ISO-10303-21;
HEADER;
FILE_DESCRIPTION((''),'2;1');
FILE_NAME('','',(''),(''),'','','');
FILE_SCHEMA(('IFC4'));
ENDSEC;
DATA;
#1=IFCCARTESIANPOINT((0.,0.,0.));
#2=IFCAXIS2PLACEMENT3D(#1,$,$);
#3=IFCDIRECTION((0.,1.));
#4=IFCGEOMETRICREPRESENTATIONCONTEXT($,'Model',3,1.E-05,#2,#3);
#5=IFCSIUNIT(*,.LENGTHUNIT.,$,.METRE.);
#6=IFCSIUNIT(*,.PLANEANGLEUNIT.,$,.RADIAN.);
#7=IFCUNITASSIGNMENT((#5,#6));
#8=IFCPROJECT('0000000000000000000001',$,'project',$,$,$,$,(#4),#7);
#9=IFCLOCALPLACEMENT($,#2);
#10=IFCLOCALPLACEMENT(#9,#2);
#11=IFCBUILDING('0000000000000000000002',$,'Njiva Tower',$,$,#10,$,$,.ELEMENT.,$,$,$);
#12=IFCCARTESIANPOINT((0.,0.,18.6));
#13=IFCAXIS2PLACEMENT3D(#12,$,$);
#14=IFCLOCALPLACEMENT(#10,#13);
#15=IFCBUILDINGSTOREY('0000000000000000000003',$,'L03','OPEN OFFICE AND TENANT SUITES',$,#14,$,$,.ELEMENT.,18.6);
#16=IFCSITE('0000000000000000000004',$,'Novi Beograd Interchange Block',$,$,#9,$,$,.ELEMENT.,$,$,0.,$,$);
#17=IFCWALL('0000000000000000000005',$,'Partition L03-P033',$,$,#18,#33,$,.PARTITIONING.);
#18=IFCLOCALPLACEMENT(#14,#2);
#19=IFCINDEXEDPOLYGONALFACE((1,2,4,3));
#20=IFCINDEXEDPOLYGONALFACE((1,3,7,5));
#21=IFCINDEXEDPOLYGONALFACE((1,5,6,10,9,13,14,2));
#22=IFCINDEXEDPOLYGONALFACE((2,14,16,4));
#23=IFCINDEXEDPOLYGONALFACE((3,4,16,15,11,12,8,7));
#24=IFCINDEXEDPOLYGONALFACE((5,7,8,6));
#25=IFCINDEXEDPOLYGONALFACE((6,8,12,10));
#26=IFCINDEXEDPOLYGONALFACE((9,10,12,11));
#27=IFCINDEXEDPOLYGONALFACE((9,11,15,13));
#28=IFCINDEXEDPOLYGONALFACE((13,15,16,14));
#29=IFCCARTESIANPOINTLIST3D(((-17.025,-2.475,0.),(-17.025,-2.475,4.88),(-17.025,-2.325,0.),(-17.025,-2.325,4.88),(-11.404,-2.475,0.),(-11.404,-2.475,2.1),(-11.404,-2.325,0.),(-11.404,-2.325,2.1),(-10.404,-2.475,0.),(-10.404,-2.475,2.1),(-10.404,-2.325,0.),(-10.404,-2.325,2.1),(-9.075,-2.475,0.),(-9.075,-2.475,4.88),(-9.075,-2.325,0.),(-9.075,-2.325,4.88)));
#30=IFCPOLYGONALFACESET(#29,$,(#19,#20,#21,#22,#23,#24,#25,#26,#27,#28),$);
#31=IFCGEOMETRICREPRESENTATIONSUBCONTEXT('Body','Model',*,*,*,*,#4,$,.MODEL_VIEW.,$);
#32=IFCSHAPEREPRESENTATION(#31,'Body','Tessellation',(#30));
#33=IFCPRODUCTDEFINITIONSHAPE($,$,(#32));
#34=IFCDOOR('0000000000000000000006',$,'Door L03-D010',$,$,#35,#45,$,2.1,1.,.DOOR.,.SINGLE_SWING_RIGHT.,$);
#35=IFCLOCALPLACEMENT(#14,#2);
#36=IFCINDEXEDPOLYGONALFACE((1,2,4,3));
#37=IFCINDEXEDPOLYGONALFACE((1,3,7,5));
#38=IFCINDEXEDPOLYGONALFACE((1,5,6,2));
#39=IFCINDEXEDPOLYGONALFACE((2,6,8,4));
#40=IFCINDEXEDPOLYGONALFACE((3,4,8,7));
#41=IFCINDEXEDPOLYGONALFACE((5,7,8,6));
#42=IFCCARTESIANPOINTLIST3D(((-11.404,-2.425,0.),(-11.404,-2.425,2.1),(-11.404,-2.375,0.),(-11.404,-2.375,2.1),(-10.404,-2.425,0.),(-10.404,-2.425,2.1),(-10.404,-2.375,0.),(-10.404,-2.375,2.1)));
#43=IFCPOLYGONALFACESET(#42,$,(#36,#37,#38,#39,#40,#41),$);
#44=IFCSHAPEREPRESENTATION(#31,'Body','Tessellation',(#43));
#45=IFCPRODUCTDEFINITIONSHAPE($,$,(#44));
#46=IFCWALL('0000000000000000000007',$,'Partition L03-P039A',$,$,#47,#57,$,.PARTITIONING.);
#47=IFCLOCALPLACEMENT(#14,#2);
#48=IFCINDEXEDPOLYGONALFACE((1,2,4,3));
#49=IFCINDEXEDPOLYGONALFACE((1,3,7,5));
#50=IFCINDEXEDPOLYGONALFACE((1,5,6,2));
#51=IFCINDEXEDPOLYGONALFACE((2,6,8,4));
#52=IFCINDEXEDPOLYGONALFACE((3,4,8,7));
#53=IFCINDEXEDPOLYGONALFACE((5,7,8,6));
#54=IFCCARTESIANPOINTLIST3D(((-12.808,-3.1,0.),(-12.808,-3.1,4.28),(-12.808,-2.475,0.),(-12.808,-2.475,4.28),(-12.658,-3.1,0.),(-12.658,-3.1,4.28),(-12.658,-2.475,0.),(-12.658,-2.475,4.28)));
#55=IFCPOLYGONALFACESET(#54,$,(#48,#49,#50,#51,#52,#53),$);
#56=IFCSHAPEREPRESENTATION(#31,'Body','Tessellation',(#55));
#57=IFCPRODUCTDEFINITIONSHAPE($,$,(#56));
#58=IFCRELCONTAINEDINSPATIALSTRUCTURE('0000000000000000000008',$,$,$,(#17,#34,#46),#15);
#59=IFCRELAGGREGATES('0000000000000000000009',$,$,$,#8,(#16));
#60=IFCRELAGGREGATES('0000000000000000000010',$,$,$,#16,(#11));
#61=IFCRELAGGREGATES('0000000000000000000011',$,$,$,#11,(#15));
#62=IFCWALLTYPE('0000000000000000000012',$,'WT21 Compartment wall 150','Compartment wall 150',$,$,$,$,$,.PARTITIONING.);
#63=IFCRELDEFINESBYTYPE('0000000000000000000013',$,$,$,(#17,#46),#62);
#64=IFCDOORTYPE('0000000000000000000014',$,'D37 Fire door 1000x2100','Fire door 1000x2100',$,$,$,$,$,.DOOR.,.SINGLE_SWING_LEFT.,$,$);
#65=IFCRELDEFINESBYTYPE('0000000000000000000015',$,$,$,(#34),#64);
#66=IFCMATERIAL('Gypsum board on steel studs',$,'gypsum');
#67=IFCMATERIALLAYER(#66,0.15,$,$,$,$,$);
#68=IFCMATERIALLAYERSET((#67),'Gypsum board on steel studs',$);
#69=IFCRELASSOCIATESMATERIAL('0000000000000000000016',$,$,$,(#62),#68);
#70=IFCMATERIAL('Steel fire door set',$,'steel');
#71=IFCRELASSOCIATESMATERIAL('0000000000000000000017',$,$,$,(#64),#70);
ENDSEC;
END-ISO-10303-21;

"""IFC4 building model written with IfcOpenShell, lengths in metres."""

from ifc_helpers import new_model, si_unit, direction, frame, frame_2d, origin, place, context, subcontext, project, spatial, rectangle, extrude, material, layer, layer_set, type_object, element, fill, save


model = new_model("IFC4")

# Units and contexts
model_context = context("Model", 3, precision=1e-05, world=origin(), true_north=direction((0.0, 1.0)))
body_context = subcontext(model_context, "Body", "Model", "MODEL_VIEW")
ifc_project = project(units=[si_unit("LENGTHUNIT", "METRE"), si_unit("PLANEANGLEUNIT", "RADIAN")], contexts=[model_context])

# Site, building, storey
site_placement = place(None, origin())
site = spatial("IfcSite", under=ifc_project, at=site_placement, Name="Novi Beograd Interchange Block", CompositionType="ELEMENT", RefElevation=0.0)
building_placement = place(site_placement, origin())
building = spatial("IfcBuilding", under=site, at=building_placement, Name="Njiva Tower", CompositionType="ELEMENT")
storey_placement = place(building_placement, frame((0.0, 0.0, 18.6)))
storey = spatial("IfcBuildingStorey", under=building, at=storey_placement, Name="L03", Description="OPEN OFFICE AND TENANT SUITES", CompositionType="ELEMENT", Elevation=18.6)

# Shared definitions
ifc_material_1 = material(Name="Gypsum board on steel studs", Category="gypsum")
ifc_layer_1 = layer(ifc_material_1, 0.15)
ifc_layer_set_1 = layer_set([ifc_layer_1], Name="Gypsum board on steel studs")
wall_type_1 = type_object("IfcWallType", Name="WT21 Compartment wall 150", Description="Compartment wall 150", PredefinedType="PARTITIONING", material=ifc_layer_set_1)

# Wall, opening, door
wall_1_placement = place(storey_placement, frame((-17.025, -2.4, 0.0), z_axis=(0.0, 0.0, 1.0), x_axis=(1.0, 0.0, 0.0)))
wall_1 = element("IfcWall", 1, at=wall_1_placement, inside=storey, type_object=wall_type_1, Name="Partition L03-P033", PredefinedType="PARTITIONING", context=body_context, shape_type="SweptSolid", body=[
    extrude(rectangle(XDim=7.95, YDim=0.15, at=frame_2d((3.975, 0.0))), origin(), (0.0, 0.0, 1.0), 4.88),
])
opening_1_placement = place(wall_1_placement, frame((5.621, 0.0, 0.0)))
opening_1 = element("IfcOpeningElement", 2, at=opening_1_placement, cuts=wall_1, PredefinedType="OPENING", context=body_context, shape_type="SweptSolid", body=[
    extrude(rectangle(XDim=1.0, YDim=2.1, at=frame_2d((0.5, 1.05))), frame((0.0, 0.085, 0.0), z_axis=(0.0, -1.0, 0.0), x_axis=(1.0, 0.0, 0.0)), (0.0, 0.0, 1.0), 0.17),
])
ifc_material_2 = material(Name="Steel fire door set", Category="steel")
door_type_1 = type_object("IfcDoorType", Name="D37 Fire door 1000x2100", Description="Fire door 1000x2100", OperationType="SINGLE_SWING_LEFT", PredefinedType="DOOR", material=ifc_material_2)
door_1_placement = place(opening_1_placement, origin())
door_1 = element("IfcDoor", 3, at=door_1_placement, inside=storey, type_object=door_type_1, Name="Door L03-D010", OperationType="SINGLE_SWING_RIGHT", OverallHeight=2.1, OverallWidth=1.0, PredefinedType="DOOR", context=body_context, shape_type="SweptSolid", body=[
    extrude(rectangle(XDim=1.0, YDim=2.1, at=frame_2d((0.5, 1.05))), frame((0.0, 0.025, 0.0), z_axis=(0.0, -1.0, 0.0), x_axis=(1.0, 0.0, 0.0)), (0.0, 0.0, 1.0), 0.05),
])
fill(opening_1, door_1)

# Wall
wall_2_placement = place(storey_placement, frame((-12.733, -3.1, 0.0), z_axis=(0.0, 0.0, 1.0), x_axis=(0.0, 1.0, 0.0)))
element("IfcWall", 4, at=wall_2_placement, inside=storey, type_object=wall_type_1, Name="Partition L03-P039A", PredefinedType="PARTITIONING", context=body_context, shape_type="SweptSolid", body=[
    extrude(rectangle(XDim=0.625, YDim=0.15, at=frame_2d((0.3125, 0.0))), origin(), (0.0, 0.0, 1.0), 4.28),
])

save(model, "model.ifc")
